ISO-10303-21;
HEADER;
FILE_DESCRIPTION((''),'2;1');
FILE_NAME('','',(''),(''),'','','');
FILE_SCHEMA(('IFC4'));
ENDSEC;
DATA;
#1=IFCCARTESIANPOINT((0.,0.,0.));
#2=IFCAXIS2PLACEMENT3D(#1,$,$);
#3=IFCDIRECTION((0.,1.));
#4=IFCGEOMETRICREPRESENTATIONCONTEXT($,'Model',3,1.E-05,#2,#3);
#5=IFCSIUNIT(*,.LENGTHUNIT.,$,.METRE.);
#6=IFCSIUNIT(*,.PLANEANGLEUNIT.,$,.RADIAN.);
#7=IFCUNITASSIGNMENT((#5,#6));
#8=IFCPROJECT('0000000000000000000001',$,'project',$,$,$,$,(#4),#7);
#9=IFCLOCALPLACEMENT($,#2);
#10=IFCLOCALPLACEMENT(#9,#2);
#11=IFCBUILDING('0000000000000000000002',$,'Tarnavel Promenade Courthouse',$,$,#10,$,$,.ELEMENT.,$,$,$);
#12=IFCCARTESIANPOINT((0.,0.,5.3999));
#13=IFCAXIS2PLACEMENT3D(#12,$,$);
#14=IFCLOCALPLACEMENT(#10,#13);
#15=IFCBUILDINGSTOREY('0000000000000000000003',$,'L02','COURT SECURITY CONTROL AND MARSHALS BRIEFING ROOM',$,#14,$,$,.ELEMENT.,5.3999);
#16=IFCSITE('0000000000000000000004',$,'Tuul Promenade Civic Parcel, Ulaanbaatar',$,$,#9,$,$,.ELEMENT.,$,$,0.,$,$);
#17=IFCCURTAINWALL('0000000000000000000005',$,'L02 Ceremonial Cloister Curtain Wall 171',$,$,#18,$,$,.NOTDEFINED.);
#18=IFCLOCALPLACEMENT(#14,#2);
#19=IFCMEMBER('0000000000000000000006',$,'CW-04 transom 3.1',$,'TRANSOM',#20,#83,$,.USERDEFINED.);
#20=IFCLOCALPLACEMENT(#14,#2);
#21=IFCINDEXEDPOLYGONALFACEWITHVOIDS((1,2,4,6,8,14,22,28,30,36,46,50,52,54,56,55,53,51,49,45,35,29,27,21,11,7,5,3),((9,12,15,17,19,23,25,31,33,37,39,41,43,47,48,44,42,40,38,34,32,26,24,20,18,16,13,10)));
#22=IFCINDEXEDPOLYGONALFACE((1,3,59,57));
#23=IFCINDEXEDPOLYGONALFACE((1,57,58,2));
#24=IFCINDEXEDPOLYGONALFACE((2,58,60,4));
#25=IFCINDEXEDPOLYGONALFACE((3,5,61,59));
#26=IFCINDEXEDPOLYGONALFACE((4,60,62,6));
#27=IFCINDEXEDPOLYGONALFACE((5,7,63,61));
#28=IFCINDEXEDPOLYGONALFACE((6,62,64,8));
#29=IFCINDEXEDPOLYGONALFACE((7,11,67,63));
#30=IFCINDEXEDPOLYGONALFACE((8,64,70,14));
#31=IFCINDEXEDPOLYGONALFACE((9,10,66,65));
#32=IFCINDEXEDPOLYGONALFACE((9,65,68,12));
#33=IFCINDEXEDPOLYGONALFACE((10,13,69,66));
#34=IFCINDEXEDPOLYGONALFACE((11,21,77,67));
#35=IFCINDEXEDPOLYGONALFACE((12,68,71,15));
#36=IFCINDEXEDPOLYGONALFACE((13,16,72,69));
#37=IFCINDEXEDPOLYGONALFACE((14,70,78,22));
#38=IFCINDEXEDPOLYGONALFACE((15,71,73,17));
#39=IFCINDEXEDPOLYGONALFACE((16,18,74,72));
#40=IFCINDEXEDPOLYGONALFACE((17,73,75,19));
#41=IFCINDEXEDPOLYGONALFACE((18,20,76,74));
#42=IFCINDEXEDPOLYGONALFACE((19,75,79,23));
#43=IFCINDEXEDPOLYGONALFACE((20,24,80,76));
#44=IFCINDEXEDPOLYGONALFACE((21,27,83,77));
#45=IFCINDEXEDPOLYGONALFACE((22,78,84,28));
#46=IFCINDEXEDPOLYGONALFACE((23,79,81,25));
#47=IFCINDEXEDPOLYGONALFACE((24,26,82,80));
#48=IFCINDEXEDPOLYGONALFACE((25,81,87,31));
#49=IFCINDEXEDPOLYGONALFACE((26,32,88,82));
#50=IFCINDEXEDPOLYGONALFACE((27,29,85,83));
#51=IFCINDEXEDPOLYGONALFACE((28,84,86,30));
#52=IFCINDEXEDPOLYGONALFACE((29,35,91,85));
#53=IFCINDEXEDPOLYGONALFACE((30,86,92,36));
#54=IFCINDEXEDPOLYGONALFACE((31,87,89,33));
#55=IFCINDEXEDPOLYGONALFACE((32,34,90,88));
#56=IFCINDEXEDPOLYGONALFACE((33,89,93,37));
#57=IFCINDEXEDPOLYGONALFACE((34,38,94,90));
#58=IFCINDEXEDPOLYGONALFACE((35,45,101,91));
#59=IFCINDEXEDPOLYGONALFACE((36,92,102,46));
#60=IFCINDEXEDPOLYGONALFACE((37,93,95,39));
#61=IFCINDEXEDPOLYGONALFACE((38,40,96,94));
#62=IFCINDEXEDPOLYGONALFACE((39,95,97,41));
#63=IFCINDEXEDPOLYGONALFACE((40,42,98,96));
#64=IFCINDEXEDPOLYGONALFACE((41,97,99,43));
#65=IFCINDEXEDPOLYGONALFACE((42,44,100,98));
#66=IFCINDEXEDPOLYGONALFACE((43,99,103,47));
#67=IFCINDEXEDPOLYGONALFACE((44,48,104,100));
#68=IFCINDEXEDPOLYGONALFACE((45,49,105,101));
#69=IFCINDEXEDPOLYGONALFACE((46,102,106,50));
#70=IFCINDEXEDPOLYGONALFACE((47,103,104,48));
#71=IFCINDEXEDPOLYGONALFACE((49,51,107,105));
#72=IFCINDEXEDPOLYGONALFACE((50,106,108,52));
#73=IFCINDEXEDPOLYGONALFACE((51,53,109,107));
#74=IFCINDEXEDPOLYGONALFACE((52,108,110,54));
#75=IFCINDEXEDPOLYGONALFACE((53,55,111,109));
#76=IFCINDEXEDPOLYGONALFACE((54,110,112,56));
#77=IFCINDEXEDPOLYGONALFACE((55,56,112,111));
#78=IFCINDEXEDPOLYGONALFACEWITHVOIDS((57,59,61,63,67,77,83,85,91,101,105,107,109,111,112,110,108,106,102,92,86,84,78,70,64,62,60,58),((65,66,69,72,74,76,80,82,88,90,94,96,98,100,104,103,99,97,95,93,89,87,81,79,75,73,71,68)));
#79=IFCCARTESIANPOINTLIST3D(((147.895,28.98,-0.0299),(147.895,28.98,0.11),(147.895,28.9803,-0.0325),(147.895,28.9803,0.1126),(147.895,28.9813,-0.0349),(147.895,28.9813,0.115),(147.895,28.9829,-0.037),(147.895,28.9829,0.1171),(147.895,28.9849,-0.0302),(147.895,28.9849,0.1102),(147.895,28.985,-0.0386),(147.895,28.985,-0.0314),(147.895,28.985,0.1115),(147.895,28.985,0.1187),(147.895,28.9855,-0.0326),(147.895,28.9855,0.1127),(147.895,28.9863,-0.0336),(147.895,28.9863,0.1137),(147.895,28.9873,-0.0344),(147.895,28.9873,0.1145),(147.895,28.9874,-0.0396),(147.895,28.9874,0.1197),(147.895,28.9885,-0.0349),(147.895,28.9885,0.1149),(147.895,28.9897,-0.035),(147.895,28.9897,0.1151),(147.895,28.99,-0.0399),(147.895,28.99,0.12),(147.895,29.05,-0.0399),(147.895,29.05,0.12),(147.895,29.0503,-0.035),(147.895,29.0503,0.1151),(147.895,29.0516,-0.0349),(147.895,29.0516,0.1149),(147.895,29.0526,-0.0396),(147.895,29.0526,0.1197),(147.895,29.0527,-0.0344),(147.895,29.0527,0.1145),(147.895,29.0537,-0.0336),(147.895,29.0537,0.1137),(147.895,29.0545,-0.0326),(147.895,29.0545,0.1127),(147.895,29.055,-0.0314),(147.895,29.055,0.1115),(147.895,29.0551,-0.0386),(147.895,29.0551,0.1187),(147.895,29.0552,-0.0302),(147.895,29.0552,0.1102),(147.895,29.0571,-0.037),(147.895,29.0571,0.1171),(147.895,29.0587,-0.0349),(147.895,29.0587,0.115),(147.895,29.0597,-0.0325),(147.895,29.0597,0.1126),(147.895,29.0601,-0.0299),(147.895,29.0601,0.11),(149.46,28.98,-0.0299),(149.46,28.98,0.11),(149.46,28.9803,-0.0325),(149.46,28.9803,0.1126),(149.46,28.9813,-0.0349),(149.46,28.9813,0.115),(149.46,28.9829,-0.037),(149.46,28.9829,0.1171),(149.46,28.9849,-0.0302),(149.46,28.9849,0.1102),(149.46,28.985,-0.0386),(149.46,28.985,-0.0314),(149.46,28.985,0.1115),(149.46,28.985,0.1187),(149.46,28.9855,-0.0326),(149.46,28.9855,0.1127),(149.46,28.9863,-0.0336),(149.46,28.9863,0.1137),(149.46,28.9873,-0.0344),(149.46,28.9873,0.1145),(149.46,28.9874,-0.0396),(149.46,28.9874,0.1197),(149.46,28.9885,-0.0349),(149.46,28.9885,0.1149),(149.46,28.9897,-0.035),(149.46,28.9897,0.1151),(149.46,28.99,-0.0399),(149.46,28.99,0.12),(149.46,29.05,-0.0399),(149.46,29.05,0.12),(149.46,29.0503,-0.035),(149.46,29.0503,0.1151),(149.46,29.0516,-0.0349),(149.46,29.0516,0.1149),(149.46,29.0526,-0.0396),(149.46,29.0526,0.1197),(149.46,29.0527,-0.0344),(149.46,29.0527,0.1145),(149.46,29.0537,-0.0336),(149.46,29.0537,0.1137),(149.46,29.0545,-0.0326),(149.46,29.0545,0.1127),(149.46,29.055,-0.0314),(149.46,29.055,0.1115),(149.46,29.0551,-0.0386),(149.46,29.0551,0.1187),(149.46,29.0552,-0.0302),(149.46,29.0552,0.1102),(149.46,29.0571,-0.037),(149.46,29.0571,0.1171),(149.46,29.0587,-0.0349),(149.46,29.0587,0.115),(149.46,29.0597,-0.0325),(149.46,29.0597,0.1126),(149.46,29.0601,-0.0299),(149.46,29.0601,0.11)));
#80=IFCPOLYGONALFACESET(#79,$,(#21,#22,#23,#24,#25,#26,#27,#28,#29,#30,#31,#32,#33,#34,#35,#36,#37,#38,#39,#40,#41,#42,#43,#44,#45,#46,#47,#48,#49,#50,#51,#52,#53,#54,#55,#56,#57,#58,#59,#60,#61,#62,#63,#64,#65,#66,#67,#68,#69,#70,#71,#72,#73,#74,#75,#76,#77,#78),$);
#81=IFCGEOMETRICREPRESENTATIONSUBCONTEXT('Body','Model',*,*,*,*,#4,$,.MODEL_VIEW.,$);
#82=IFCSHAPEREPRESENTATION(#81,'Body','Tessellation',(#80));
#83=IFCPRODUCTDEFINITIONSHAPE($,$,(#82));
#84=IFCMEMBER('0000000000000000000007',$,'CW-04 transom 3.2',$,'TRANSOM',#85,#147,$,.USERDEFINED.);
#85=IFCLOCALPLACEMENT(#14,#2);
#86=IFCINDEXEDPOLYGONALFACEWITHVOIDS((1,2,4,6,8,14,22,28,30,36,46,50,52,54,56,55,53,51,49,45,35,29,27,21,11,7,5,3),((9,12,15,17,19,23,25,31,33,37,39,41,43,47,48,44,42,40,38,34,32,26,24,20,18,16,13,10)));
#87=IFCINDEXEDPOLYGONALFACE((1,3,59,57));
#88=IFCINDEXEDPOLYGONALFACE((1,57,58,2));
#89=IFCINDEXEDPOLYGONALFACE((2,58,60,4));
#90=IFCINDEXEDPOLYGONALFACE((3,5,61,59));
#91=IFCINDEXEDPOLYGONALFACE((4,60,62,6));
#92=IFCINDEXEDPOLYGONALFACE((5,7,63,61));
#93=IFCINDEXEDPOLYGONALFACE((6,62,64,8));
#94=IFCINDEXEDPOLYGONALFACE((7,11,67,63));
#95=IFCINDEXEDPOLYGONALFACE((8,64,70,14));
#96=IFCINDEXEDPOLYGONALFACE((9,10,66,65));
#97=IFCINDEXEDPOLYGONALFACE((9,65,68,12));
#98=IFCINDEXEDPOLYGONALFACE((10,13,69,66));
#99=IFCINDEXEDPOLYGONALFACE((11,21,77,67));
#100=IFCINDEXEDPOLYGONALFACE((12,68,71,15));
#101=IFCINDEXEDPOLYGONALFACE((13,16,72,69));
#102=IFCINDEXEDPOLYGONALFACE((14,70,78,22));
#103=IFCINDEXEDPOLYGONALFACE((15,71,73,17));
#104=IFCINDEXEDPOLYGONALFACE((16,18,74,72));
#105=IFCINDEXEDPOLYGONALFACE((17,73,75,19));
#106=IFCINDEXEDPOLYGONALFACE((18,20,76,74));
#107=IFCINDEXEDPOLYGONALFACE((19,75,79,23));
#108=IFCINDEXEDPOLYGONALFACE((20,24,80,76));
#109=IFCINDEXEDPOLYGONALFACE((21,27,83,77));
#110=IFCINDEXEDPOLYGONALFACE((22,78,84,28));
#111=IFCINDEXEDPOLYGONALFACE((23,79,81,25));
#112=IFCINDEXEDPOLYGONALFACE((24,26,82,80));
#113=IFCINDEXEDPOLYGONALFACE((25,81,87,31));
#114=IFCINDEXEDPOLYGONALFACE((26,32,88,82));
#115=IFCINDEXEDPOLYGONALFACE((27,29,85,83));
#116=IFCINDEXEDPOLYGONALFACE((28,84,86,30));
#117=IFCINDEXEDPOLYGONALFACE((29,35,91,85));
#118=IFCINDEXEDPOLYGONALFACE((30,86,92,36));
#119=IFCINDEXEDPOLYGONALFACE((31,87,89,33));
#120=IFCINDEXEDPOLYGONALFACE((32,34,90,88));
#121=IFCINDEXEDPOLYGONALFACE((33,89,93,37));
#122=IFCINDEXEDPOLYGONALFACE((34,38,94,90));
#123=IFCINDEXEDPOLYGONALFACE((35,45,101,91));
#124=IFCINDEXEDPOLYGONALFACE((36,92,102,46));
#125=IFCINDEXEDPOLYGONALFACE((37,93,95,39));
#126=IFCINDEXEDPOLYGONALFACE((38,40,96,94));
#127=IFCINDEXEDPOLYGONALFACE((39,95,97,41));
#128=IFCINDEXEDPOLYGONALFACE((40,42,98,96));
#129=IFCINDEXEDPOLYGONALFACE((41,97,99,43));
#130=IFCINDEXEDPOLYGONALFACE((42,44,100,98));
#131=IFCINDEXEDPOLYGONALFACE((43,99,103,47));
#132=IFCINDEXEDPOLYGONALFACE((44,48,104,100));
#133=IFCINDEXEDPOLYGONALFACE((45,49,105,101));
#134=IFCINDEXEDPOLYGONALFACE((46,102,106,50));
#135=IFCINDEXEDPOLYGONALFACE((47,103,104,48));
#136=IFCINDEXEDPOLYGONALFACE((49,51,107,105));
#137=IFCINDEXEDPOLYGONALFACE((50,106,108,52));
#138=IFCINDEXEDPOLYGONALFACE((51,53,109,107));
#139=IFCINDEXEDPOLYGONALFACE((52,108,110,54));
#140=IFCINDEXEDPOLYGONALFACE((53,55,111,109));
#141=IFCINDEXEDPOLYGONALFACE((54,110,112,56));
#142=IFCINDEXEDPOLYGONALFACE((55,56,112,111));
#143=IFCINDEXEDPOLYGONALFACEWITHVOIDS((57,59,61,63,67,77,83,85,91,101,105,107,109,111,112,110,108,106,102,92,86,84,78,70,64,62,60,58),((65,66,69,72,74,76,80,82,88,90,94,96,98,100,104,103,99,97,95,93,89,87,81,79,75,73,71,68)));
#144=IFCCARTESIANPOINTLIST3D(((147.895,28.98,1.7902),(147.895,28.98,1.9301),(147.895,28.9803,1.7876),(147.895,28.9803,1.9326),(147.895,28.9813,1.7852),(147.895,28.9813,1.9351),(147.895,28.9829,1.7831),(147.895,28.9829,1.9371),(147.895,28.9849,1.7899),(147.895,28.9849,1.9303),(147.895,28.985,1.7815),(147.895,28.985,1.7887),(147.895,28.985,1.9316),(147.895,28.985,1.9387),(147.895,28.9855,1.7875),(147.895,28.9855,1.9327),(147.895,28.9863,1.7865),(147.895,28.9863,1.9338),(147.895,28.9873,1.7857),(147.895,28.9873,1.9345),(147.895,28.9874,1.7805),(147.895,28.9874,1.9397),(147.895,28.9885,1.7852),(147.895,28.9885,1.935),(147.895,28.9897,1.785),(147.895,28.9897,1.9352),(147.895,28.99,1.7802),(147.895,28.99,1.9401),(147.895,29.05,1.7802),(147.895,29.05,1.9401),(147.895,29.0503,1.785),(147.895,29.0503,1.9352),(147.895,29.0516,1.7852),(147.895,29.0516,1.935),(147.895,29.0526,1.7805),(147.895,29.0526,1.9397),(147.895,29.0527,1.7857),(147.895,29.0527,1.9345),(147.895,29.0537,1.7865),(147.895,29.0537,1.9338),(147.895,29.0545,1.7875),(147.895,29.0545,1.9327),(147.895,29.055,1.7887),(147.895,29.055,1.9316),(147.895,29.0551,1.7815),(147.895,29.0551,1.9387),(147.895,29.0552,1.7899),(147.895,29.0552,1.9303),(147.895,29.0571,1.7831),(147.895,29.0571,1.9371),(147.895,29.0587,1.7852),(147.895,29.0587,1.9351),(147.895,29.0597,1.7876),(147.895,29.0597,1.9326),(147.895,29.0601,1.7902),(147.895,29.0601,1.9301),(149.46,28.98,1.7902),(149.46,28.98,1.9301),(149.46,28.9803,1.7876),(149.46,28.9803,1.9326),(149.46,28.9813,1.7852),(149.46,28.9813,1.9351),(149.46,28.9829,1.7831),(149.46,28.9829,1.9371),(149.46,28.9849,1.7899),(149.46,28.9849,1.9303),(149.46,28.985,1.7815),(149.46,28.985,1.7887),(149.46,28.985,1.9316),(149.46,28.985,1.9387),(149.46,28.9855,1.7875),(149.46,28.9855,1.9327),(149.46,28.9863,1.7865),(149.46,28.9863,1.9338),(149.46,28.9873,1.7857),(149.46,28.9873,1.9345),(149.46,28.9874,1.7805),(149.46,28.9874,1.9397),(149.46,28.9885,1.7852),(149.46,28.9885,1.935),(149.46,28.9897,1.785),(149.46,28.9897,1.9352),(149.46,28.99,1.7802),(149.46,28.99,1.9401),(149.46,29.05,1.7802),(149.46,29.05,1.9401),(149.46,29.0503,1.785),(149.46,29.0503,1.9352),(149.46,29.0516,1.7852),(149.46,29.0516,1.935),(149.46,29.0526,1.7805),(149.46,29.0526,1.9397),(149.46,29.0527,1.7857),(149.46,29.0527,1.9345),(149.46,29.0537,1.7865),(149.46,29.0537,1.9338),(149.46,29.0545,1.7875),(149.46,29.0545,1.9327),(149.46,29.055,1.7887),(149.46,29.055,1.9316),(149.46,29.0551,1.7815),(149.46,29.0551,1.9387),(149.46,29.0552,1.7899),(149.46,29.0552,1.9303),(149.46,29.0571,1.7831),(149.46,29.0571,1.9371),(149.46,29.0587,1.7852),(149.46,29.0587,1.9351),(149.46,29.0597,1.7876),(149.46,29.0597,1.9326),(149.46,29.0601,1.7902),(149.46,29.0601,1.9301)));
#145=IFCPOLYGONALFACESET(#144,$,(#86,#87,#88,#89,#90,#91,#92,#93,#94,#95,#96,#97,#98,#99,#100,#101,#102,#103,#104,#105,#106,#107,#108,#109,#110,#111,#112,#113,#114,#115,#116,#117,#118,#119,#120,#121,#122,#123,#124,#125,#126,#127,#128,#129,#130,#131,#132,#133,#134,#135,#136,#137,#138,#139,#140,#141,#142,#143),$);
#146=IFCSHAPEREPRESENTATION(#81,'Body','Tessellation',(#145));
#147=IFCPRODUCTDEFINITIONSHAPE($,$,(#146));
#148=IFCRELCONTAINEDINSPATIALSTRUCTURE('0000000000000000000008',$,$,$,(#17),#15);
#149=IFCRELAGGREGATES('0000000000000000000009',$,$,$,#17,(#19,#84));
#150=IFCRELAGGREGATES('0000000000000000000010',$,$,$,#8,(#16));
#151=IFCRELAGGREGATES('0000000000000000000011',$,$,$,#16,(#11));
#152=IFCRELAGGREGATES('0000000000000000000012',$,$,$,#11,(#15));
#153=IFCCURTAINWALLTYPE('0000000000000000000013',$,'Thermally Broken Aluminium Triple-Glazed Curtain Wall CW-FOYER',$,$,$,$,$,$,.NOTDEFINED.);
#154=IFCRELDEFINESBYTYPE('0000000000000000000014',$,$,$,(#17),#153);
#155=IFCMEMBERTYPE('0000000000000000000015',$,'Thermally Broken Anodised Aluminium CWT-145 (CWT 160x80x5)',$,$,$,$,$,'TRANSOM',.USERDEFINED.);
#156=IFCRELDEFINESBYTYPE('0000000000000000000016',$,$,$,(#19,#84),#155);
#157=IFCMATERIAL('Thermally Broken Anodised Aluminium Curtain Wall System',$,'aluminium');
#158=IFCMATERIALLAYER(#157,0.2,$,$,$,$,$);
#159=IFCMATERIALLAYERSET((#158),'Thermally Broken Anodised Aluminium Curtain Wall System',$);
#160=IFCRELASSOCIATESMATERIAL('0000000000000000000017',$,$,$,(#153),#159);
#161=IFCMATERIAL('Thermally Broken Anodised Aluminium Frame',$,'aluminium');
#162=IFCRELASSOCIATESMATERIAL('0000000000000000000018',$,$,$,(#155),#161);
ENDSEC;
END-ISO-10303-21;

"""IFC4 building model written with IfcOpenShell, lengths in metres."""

from ifc_helpers import new_model, si_unit, direction, frame, origin, origin_2d, place, context, subcontext, project, spatial, hollow_rectangle, extrude, material, layer, layer_set, material_profile, profile_set, type_object, element, aggregate, save


model = new_model("IFC4")

# Units and contexts
model_context = context("Model", 3, precision=1e-05, world=origin(), true_north=direction((0.0, 1.0)))
body_context = subcontext(model_context, "Body", "Model", "MODEL_VIEW")
ifc_project = project(units=[si_unit("LENGTHUNIT", "METRE"), si_unit("PLANEANGLEUNIT", "RADIAN")], contexts=[model_context])

# Site, building, storey
site_placement = place(None, origin())
site = spatial("IfcSite", under=ifc_project, at=site_placement, Name="Tuul Promenade Civic Parcel, Ulaanbaatar", CompositionType="ELEMENT", RefElevation=0.0)
building_placement = place(site_placement, origin())
building = spatial("IfcBuilding", under=site, at=building_placement, Name="Tarnavel Promenade Courthouse", CompositionType="ELEMENT")
storey_placement = place(building_placement, frame((0.0, 0.0, 5.3999)))
storey = spatial("IfcBuildingStorey", under=building, at=storey_placement, Name="L02", Description="COURT SECURITY CONTROL AND MARSHALS BRIEFING ROOM", CompositionType="ELEMENT", Elevation=5.3999)

# Curtain wall
ifc_material_1 = material(Name="Thermally Broken Anodised Aluminium Curtain Wall System", Category="aluminium")
ifc_layer_1 = layer(ifc_material_1, 0.2)
ifc_layer_set_1 = layer_set([ifc_layer_1], Name="Thermally Broken Anodised Aluminium Curtain Wall System")
curtain_wall_type = type_object("IfcCurtainWallType", Name="Thermally Broken Aluminium Triple-Glazed Curtain Wall CW-FOYER", PredefinedType="NOTDEFINED", material=ifc_layer_set_1)
curtain_wall_1_placement = place(storey_placement, origin())
curtain_wall_1 = element("IfcCurtainWall", 1, at=curtain_wall_1_placement, inside=storey, type_object=curtain_wall_type, Name="L02 Ceremonial Cloister Curtain Wall 171", PredefinedType="NOTDEFINED")
ifc_material_2 = material(Name="Thermally Broken Anodised Aluminium Frame", Category="aluminium")

# Members
ifc_material_profile_1 = material_profile(ifc_material_2, hollow_rectangle(XDim=0.0801, YDim=0.1599, WallThickness=0.0049, InnerFilletRadius=0.0049, OuterFilletRadius=0.01, at=origin_2d()), Name="CWT 160x80x5")
ifc_profile_set_1 = profile_set([ifc_material_profile_1], Name="Thermally Broken Anodised Aluminium Frame")
member_type_1 = type_object("IfcMemberType", Name="Thermally Broken Anodised Aluminium CWT-145 (CWT 160x80x5)", ElementType="TRANSOM", PredefinedType="USERDEFINED", material=ifc_profile_set_1)
member_1_placement = place(storey_placement, frame((147.895, 29.02, 0.04), z_axis=(1.0, 0.0, 0.0), x_axis=(0.0, 1.0, 0.0)))
member_1 = element("IfcMember", 2, at=member_1_placement, type_object=member_type_1, Name="CW-04 transom 3.1", ObjectType="TRANSOM", PredefinedType="USERDEFINED", context=body_context, shape_type="SweptSolid", body=[
    extrude(hollow_rectangle(XDim=0.0801, YDim=0.1599, WallThickness=0.0049, InnerFilletRadius=0.0049, OuterFilletRadius=0.01, at=origin_2d()), origin(), (0.0, 0.0, 1.0), 1.5649),
])
member_2_placement = place(storey_placement, frame((147.895, 29.02, 1.8601), z_axis=(1.0, 0.0, 0.0), x_axis=(0.0, 1.0, 0.0)))
member_2 = element("IfcMember", 3, at=member_2_placement, type_object=member_type_1, Name="CW-04 transom 3.2", ObjectType="TRANSOM", PredefinedType="USERDEFINED", context=body_context, shape_type="SweptSolid", body=[
    extrude(hollow_rectangle(XDim=0.0801, YDim=0.1599, WallThickness=0.0049, InnerFilletRadius=0.0049, OuterFilletRadius=0.01, at=origin_2d()), origin(), (0.0, 0.0, 1.0), 1.5649),
])

aggregate(curtain_wall_1, [member_1, member_2])

save(model, "model.ifc")
